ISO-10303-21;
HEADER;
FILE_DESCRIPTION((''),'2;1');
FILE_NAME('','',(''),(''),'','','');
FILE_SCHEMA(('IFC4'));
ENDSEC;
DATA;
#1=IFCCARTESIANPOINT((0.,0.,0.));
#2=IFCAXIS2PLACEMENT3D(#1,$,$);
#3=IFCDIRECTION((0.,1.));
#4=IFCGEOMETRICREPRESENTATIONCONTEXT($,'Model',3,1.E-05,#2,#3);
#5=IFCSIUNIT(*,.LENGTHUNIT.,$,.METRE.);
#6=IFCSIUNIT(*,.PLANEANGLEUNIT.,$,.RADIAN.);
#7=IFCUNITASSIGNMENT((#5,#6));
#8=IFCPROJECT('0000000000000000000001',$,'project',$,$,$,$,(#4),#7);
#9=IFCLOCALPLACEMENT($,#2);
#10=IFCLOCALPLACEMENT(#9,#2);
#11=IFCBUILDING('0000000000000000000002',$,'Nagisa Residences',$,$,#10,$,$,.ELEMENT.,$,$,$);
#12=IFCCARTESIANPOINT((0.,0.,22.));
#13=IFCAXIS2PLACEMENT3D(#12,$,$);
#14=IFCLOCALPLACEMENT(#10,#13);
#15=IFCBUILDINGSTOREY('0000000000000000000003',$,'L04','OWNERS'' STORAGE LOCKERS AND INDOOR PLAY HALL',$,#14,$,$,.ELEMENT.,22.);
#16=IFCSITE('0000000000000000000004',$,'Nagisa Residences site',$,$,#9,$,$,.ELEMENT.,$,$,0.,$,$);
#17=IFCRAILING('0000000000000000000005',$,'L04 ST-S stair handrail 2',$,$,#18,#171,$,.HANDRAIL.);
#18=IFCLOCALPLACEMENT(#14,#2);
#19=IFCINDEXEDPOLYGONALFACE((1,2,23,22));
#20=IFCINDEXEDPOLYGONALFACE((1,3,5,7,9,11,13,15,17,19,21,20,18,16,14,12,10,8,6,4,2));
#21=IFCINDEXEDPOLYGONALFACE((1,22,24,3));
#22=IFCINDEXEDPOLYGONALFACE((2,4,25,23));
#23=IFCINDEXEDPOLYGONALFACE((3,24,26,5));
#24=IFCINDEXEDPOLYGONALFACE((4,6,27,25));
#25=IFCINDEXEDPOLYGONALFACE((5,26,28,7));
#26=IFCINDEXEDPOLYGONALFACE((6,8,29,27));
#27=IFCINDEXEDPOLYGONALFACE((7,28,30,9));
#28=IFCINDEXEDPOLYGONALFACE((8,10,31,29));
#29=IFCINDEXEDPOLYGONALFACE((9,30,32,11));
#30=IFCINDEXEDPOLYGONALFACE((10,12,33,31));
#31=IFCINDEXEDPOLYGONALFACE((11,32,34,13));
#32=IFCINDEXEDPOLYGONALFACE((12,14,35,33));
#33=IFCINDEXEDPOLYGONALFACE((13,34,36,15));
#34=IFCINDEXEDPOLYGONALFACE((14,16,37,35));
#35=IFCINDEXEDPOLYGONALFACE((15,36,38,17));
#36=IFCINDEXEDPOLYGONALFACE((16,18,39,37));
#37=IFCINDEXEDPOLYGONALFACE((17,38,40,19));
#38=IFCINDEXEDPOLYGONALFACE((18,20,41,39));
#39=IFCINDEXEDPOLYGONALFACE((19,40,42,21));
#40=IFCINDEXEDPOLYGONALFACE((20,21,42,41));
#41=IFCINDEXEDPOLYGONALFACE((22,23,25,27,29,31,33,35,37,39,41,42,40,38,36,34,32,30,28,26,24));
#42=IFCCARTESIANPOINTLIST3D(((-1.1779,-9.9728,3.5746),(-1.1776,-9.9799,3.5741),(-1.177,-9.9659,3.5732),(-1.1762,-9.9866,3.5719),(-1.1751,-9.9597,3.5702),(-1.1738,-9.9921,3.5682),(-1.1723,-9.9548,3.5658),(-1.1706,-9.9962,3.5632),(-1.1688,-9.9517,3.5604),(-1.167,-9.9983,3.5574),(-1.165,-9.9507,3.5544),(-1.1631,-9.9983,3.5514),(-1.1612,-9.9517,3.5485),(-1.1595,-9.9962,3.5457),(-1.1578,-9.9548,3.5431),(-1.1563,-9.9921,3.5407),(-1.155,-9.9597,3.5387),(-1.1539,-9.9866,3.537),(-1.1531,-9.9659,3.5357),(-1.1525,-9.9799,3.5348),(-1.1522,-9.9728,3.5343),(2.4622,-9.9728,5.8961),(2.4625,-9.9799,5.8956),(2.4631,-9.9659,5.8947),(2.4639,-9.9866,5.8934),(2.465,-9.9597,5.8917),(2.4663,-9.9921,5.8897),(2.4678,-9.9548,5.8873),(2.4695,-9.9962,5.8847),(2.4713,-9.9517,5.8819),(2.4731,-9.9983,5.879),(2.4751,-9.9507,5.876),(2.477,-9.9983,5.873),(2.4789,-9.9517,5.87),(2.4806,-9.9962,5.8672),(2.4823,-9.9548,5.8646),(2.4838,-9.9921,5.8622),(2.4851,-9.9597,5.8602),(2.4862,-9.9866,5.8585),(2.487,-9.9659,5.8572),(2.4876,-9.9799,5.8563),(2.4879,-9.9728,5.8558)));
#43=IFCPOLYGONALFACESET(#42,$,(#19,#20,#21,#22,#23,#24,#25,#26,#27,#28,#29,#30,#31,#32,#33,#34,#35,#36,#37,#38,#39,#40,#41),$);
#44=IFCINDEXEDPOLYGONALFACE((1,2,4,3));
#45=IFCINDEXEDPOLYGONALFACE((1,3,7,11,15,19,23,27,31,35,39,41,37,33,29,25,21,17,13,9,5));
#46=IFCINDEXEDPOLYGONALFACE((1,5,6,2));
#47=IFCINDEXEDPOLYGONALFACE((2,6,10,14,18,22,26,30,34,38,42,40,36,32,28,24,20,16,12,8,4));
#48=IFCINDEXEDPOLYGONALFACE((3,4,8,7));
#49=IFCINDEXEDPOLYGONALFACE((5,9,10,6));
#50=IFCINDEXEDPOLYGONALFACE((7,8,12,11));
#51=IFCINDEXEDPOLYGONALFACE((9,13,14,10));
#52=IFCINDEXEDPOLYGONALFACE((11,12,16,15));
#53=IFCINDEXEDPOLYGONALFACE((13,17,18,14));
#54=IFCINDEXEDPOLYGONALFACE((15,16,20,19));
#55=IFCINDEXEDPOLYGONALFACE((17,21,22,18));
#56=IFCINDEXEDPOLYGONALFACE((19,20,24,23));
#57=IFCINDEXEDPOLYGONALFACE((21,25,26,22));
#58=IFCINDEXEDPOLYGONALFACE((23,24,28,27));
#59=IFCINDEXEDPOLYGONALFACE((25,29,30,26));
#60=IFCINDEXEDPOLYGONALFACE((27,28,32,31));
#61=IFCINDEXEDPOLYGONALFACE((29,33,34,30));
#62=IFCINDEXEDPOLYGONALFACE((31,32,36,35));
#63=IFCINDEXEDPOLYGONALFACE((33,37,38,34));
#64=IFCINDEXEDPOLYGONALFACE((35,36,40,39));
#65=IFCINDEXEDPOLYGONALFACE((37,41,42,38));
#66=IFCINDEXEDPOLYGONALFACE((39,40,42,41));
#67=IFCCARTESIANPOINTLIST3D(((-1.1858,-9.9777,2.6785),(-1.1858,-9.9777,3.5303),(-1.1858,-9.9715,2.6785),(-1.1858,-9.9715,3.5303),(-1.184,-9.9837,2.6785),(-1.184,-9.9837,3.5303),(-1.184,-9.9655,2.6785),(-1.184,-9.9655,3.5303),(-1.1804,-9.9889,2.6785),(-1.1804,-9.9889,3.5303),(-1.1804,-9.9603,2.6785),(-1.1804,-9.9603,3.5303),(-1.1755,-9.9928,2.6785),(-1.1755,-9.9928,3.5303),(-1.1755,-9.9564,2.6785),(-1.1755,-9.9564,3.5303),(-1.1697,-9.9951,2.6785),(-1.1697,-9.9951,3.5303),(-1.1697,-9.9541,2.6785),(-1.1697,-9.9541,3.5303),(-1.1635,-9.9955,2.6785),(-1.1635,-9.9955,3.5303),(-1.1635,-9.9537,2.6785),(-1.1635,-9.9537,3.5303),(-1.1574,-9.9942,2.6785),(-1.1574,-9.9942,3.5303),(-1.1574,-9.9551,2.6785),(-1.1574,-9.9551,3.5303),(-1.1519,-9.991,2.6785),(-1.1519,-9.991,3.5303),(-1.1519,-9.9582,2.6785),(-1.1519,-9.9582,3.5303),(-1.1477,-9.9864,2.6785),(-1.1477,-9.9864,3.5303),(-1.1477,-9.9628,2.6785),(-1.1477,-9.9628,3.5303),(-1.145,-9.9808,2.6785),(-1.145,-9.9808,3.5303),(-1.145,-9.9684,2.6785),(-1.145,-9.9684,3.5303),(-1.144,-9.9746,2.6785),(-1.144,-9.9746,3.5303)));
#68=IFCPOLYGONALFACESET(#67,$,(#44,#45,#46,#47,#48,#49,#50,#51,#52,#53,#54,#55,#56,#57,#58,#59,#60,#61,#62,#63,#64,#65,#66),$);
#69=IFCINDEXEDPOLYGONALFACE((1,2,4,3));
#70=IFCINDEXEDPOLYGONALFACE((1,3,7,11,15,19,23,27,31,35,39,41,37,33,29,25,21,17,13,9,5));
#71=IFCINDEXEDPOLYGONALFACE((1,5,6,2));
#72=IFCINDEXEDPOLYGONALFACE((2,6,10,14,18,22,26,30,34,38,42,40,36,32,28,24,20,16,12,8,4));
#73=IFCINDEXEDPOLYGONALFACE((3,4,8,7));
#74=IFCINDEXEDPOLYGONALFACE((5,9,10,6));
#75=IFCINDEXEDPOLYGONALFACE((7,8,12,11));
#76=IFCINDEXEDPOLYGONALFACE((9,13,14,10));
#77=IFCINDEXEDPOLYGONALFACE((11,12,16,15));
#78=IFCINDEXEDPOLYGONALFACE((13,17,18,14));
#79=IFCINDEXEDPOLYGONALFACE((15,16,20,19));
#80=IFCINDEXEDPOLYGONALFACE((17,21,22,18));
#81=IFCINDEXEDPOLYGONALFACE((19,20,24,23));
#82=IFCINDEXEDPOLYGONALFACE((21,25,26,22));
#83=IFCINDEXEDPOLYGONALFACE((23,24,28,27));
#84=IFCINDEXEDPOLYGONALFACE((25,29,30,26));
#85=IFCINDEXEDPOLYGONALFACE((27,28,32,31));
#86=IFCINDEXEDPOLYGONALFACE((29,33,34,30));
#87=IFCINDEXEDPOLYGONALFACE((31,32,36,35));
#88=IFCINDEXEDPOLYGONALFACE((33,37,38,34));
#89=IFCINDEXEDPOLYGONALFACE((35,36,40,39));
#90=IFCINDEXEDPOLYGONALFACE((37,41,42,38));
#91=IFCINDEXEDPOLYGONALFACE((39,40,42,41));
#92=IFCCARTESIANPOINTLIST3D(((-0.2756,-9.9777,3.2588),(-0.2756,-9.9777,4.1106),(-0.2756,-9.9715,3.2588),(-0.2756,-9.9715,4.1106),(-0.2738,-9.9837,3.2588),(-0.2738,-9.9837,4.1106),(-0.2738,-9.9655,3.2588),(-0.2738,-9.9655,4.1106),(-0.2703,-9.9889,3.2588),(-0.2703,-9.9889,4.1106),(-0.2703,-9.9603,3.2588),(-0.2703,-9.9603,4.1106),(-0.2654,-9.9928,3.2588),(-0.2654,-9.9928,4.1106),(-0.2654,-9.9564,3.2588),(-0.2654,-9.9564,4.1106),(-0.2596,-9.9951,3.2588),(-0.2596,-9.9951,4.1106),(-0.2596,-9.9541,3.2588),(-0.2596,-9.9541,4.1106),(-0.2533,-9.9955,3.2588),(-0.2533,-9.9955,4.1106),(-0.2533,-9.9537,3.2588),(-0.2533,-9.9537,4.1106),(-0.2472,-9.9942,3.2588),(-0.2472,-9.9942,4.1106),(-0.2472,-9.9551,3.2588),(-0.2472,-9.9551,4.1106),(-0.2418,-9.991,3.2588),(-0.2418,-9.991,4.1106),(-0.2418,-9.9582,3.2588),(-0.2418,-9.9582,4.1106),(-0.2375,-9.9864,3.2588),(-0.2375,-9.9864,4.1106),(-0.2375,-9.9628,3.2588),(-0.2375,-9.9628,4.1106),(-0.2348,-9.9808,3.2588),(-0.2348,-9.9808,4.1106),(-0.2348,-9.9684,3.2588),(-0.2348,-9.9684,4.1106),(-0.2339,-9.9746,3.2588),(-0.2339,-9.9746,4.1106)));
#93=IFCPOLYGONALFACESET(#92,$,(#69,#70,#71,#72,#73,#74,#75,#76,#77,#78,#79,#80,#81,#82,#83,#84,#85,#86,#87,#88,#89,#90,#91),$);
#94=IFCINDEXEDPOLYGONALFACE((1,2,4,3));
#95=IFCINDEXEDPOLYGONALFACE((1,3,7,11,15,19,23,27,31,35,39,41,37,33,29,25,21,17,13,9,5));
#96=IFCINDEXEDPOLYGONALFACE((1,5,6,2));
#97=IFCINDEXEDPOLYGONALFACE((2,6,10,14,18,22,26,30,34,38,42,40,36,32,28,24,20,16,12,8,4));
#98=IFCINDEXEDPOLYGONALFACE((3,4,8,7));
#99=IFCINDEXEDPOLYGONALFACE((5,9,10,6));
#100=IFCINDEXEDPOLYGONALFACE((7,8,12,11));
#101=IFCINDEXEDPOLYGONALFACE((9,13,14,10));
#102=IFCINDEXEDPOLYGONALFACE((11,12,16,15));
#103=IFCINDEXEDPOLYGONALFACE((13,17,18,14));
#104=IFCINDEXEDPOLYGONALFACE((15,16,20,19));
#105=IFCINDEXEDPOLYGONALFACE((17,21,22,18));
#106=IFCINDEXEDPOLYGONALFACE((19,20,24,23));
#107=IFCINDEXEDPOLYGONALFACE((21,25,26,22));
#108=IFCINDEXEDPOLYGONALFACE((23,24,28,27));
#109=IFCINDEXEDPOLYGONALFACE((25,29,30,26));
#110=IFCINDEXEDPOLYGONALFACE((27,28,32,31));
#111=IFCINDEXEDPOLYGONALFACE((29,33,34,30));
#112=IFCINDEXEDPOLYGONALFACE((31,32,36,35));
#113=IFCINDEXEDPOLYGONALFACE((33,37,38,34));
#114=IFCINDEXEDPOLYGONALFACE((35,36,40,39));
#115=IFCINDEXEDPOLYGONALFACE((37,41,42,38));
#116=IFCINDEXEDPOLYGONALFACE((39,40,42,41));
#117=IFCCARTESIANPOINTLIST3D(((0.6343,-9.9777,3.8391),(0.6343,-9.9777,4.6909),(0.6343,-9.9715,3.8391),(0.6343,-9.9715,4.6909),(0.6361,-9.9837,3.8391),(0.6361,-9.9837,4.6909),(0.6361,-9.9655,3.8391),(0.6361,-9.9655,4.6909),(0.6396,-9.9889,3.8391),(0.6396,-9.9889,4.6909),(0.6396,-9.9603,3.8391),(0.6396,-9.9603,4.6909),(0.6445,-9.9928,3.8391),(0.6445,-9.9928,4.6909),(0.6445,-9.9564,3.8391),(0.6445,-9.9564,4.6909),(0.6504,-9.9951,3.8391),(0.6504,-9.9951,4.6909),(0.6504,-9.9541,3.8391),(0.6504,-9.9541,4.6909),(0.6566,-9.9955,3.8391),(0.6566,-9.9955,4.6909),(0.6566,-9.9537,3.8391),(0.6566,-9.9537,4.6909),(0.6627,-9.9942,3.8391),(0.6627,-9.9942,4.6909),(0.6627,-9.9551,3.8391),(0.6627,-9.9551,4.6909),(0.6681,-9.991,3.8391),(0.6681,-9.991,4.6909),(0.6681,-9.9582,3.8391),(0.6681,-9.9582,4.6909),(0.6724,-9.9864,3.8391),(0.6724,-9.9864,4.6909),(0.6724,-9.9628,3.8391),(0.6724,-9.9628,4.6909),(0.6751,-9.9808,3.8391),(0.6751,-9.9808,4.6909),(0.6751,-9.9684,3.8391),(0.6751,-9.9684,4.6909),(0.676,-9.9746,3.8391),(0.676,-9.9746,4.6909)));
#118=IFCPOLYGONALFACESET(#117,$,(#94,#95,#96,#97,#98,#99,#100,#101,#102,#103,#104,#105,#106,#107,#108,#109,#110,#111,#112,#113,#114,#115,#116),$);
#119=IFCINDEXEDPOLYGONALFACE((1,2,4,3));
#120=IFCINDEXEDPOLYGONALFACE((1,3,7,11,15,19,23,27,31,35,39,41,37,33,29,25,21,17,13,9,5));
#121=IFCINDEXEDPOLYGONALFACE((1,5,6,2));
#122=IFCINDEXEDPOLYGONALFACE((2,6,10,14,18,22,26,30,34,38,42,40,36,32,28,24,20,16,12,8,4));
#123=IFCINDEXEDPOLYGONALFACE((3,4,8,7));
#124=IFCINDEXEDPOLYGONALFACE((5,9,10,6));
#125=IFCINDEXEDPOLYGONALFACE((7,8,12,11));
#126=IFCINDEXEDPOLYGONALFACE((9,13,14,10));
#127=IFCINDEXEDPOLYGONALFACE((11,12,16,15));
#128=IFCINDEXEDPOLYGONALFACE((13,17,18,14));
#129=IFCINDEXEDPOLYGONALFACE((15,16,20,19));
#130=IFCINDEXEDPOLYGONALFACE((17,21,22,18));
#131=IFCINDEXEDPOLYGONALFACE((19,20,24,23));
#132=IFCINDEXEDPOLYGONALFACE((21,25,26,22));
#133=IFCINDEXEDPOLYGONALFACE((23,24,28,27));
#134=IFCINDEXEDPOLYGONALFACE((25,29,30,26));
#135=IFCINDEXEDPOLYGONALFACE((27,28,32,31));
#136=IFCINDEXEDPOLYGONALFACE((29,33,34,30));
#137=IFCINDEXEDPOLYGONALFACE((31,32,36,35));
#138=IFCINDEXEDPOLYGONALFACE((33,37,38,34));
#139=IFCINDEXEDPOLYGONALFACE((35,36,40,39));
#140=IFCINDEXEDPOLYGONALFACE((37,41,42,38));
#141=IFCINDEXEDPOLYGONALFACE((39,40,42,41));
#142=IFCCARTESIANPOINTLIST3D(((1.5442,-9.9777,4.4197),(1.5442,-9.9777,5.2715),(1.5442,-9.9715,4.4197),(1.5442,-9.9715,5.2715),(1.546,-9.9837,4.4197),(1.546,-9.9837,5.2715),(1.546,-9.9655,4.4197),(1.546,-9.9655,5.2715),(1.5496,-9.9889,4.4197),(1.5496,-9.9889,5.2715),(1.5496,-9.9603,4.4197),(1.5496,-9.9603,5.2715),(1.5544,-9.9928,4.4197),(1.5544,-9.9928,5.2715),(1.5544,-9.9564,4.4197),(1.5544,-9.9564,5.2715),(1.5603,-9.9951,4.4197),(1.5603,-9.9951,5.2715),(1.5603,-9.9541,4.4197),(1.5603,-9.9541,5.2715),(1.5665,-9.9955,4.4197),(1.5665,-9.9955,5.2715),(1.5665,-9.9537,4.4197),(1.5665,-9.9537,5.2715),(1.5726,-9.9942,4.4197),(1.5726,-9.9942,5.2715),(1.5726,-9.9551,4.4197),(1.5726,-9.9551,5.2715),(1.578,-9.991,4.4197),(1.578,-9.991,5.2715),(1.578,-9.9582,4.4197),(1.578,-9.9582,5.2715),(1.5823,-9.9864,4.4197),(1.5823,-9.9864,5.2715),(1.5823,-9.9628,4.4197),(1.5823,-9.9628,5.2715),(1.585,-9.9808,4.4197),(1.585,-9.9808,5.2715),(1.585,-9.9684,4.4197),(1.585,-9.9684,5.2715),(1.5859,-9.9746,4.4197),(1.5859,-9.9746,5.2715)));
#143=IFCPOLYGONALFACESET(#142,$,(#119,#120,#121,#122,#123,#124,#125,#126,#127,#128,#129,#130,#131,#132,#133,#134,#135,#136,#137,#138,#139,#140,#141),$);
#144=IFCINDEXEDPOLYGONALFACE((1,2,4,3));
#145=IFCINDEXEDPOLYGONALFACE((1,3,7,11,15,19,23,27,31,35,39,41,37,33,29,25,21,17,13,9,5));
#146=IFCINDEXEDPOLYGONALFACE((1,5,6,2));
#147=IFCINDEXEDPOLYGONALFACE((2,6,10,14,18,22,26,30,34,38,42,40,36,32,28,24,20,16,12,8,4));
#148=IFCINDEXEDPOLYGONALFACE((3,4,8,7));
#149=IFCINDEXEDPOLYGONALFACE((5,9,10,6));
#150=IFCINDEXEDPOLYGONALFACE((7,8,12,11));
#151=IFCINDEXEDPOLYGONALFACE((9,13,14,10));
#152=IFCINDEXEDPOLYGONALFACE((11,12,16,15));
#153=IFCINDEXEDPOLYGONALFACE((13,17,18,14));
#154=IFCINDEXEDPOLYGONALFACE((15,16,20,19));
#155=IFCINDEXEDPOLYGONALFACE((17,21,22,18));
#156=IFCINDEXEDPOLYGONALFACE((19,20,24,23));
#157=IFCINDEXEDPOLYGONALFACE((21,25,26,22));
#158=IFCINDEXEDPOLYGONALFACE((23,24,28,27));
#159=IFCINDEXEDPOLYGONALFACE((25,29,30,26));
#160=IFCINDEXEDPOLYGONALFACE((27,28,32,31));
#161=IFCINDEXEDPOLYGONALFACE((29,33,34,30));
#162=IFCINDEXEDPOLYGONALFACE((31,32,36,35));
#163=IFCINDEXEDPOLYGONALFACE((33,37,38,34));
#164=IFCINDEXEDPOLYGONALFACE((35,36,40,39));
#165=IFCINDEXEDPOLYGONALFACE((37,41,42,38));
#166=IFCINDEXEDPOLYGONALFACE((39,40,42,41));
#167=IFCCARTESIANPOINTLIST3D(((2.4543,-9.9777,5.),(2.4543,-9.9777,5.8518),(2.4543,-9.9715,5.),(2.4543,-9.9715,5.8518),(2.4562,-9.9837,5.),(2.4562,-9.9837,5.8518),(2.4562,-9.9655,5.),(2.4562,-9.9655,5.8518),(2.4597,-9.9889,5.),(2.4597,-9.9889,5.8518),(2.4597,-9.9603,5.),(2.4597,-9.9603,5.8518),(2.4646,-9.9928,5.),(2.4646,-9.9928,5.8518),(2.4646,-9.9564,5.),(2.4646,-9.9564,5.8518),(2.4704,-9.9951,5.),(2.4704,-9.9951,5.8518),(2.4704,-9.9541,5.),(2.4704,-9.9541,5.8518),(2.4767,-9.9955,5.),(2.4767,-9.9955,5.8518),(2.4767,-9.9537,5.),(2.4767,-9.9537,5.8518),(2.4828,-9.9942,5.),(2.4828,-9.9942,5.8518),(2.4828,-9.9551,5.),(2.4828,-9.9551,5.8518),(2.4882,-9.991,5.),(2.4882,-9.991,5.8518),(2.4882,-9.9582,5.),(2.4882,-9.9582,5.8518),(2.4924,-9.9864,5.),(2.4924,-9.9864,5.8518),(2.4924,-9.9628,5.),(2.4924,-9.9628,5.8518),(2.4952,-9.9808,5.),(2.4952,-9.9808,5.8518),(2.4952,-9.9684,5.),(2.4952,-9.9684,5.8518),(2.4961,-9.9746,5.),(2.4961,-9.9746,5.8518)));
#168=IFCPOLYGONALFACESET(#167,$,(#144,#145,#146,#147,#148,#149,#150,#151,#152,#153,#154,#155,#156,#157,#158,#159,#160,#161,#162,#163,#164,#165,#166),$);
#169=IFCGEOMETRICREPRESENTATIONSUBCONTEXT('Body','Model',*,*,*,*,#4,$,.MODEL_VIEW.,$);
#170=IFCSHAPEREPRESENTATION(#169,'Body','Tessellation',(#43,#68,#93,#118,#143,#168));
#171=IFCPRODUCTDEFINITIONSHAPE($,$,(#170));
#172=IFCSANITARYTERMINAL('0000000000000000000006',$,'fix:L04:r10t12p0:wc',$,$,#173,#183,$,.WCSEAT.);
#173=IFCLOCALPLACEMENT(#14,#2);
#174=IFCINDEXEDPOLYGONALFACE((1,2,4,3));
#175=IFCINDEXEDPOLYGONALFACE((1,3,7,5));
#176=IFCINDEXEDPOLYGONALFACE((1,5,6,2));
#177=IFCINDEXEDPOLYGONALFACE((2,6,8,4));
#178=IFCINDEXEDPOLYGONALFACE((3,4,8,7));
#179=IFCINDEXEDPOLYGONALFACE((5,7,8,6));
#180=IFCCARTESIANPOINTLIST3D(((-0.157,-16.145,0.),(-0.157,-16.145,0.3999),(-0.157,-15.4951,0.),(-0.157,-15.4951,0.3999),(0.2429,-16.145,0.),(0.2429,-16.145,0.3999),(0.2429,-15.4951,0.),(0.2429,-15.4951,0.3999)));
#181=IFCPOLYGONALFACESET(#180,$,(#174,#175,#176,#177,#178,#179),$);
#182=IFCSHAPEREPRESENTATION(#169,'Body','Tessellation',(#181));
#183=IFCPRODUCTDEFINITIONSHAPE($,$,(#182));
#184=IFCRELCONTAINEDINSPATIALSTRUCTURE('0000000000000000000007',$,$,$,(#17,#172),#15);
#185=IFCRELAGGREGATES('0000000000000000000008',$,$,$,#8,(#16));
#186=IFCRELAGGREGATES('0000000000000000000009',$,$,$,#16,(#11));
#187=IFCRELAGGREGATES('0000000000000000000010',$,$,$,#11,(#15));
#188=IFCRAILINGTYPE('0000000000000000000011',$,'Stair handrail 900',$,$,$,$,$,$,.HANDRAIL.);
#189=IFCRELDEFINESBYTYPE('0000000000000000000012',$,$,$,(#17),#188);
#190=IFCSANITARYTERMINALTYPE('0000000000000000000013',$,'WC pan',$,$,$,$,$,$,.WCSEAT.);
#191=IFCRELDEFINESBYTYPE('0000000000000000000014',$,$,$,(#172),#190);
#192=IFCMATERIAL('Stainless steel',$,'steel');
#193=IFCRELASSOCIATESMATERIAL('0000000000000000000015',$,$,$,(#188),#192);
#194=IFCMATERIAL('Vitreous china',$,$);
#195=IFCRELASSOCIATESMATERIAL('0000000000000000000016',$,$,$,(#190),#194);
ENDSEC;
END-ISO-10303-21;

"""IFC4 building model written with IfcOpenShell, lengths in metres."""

from ifc_helpers import new_model, si_unit, direction, frame, origin, origin_2d, place, context, subcontext, project, spatial, rectangle, circle, extrude, material, type_object, element, save


model = new_model("IFC4")

# Units and contexts
model_context = context("Model", 3, precision=1e-05, world=origin(), true_north=direction((0.0, 1.0)))
body_context = subcontext(model_context, "Body", "Model", "MODEL_VIEW")
ifc_project = project(units=[si_unit("LENGTHUNIT", "METRE"), si_unit("PLANEANGLEUNIT", "RADIAN")], contexts=[model_context])

# Site, building, storey
site_placement = place(None, origin())
site = spatial("IfcSite", under=ifc_project, at=site_placement, Name="Nagisa Residences site", CompositionType="ELEMENT", RefElevation=0.0)
building_placement = place(site_placement, origin())
building = spatial("IfcBuilding", under=site, at=building_placement, Name="Nagisa Residences", CompositionType="ELEMENT")
storey_placement = place(building_placement, frame((0.0, 0.0, 22.0)))
storey = spatial("IfcBuildingStorey", under=building, at=storey_placement, Name="L04", Description="OWNERS' STORAGE LOCKERS AND INDOOR PLAY HALL", CompositionType="ELEMENT", Elevation=22.0)

# Railing
ifc_material_1 = material(Name="Stainless steel", Category="steel")
railing_type = type_object("IfcRailingType", Name="Stair handrail 900", PredefinedType="HANDRAIL", material=ifc_material_1)
railing_placement = place(storey_placement, frame((-1.165, -9.9746, 2.6785)))
element("IfcRailing", 1, at=railing_placement, inside=storey, type_object=railing_type, Name="L04 ST-S stair handrail 2", PredefinedType="HANDRAIL", context=body_context, shape_type="SweptSolid", body=[
    extrude(circle(Radius=0.0239, at=origin_2d()), frame((0.0, 0.0, 0.876), z_axis=(0.843128, 0.0, 0.537713), x_axis=(0.0, 1.0, 0.0)), (0.0, 0.0, 1.0), 4.3174),
    extrude(circle(Radius=0.021, at=origin_2d()), origin(), (0.0, 0.0, 1.0), 0.8518),
    extrude(circle(Radius=0.021, at=origin_2d()), frame((0.9102, 0.0, 0.5803)), (0.0, 0.0, 1.0), 0.8518),
    extrude(circle(Radius=0.021, at=origin_2d()), frame((1.8201, 0.0, 1.1606)), (0.0, 0.0, 1.0), 0.8518),
    extrude(circle(Radius=0.021, at=origin_2d()), frame((2.73, 0.0, 1.7412)), (0.0, 0.0, 1.0), 0.8518),
    extrude(circle(Radius=0.021, at=origin_2d()), frame((3.6401, 0.0, 2.3215)), (0.0, 0.0, 1.0), 0.8518),
])

# Sanitary terminal
ifc_material_2 = material(Name="Vitreous china")
sanitary_terminal_type = type_object("IfcSanitaryTerminalType", Name="WC pan", PredefinedType="WCSEAT", material=ifc_material_2)
sanitary_terminal_placement = place(storey_placement, frame((0.043, -15.8201, 0.0), z_axis=(0.0, 0.0, 1.0), x_axis=(1.0, 0.0, 0.0)))
element("IfcSanitaryTerminal", 2, at=sanitary_terminal_placement, inside=storey, type_object=sanitary_terminal_type, Name="fix:L04:r10t12p0:wc", PredefinedType="WCSEAT", context=body_context, shape_type="SweptSolid", body=[
    extrude(rectangle(XDim=0.3999, YDim=0.6499, at=origin_2d()), origin(), (0.0, 0.0, 1.0), 0.3999),
])

save(model, "model.ifc")
